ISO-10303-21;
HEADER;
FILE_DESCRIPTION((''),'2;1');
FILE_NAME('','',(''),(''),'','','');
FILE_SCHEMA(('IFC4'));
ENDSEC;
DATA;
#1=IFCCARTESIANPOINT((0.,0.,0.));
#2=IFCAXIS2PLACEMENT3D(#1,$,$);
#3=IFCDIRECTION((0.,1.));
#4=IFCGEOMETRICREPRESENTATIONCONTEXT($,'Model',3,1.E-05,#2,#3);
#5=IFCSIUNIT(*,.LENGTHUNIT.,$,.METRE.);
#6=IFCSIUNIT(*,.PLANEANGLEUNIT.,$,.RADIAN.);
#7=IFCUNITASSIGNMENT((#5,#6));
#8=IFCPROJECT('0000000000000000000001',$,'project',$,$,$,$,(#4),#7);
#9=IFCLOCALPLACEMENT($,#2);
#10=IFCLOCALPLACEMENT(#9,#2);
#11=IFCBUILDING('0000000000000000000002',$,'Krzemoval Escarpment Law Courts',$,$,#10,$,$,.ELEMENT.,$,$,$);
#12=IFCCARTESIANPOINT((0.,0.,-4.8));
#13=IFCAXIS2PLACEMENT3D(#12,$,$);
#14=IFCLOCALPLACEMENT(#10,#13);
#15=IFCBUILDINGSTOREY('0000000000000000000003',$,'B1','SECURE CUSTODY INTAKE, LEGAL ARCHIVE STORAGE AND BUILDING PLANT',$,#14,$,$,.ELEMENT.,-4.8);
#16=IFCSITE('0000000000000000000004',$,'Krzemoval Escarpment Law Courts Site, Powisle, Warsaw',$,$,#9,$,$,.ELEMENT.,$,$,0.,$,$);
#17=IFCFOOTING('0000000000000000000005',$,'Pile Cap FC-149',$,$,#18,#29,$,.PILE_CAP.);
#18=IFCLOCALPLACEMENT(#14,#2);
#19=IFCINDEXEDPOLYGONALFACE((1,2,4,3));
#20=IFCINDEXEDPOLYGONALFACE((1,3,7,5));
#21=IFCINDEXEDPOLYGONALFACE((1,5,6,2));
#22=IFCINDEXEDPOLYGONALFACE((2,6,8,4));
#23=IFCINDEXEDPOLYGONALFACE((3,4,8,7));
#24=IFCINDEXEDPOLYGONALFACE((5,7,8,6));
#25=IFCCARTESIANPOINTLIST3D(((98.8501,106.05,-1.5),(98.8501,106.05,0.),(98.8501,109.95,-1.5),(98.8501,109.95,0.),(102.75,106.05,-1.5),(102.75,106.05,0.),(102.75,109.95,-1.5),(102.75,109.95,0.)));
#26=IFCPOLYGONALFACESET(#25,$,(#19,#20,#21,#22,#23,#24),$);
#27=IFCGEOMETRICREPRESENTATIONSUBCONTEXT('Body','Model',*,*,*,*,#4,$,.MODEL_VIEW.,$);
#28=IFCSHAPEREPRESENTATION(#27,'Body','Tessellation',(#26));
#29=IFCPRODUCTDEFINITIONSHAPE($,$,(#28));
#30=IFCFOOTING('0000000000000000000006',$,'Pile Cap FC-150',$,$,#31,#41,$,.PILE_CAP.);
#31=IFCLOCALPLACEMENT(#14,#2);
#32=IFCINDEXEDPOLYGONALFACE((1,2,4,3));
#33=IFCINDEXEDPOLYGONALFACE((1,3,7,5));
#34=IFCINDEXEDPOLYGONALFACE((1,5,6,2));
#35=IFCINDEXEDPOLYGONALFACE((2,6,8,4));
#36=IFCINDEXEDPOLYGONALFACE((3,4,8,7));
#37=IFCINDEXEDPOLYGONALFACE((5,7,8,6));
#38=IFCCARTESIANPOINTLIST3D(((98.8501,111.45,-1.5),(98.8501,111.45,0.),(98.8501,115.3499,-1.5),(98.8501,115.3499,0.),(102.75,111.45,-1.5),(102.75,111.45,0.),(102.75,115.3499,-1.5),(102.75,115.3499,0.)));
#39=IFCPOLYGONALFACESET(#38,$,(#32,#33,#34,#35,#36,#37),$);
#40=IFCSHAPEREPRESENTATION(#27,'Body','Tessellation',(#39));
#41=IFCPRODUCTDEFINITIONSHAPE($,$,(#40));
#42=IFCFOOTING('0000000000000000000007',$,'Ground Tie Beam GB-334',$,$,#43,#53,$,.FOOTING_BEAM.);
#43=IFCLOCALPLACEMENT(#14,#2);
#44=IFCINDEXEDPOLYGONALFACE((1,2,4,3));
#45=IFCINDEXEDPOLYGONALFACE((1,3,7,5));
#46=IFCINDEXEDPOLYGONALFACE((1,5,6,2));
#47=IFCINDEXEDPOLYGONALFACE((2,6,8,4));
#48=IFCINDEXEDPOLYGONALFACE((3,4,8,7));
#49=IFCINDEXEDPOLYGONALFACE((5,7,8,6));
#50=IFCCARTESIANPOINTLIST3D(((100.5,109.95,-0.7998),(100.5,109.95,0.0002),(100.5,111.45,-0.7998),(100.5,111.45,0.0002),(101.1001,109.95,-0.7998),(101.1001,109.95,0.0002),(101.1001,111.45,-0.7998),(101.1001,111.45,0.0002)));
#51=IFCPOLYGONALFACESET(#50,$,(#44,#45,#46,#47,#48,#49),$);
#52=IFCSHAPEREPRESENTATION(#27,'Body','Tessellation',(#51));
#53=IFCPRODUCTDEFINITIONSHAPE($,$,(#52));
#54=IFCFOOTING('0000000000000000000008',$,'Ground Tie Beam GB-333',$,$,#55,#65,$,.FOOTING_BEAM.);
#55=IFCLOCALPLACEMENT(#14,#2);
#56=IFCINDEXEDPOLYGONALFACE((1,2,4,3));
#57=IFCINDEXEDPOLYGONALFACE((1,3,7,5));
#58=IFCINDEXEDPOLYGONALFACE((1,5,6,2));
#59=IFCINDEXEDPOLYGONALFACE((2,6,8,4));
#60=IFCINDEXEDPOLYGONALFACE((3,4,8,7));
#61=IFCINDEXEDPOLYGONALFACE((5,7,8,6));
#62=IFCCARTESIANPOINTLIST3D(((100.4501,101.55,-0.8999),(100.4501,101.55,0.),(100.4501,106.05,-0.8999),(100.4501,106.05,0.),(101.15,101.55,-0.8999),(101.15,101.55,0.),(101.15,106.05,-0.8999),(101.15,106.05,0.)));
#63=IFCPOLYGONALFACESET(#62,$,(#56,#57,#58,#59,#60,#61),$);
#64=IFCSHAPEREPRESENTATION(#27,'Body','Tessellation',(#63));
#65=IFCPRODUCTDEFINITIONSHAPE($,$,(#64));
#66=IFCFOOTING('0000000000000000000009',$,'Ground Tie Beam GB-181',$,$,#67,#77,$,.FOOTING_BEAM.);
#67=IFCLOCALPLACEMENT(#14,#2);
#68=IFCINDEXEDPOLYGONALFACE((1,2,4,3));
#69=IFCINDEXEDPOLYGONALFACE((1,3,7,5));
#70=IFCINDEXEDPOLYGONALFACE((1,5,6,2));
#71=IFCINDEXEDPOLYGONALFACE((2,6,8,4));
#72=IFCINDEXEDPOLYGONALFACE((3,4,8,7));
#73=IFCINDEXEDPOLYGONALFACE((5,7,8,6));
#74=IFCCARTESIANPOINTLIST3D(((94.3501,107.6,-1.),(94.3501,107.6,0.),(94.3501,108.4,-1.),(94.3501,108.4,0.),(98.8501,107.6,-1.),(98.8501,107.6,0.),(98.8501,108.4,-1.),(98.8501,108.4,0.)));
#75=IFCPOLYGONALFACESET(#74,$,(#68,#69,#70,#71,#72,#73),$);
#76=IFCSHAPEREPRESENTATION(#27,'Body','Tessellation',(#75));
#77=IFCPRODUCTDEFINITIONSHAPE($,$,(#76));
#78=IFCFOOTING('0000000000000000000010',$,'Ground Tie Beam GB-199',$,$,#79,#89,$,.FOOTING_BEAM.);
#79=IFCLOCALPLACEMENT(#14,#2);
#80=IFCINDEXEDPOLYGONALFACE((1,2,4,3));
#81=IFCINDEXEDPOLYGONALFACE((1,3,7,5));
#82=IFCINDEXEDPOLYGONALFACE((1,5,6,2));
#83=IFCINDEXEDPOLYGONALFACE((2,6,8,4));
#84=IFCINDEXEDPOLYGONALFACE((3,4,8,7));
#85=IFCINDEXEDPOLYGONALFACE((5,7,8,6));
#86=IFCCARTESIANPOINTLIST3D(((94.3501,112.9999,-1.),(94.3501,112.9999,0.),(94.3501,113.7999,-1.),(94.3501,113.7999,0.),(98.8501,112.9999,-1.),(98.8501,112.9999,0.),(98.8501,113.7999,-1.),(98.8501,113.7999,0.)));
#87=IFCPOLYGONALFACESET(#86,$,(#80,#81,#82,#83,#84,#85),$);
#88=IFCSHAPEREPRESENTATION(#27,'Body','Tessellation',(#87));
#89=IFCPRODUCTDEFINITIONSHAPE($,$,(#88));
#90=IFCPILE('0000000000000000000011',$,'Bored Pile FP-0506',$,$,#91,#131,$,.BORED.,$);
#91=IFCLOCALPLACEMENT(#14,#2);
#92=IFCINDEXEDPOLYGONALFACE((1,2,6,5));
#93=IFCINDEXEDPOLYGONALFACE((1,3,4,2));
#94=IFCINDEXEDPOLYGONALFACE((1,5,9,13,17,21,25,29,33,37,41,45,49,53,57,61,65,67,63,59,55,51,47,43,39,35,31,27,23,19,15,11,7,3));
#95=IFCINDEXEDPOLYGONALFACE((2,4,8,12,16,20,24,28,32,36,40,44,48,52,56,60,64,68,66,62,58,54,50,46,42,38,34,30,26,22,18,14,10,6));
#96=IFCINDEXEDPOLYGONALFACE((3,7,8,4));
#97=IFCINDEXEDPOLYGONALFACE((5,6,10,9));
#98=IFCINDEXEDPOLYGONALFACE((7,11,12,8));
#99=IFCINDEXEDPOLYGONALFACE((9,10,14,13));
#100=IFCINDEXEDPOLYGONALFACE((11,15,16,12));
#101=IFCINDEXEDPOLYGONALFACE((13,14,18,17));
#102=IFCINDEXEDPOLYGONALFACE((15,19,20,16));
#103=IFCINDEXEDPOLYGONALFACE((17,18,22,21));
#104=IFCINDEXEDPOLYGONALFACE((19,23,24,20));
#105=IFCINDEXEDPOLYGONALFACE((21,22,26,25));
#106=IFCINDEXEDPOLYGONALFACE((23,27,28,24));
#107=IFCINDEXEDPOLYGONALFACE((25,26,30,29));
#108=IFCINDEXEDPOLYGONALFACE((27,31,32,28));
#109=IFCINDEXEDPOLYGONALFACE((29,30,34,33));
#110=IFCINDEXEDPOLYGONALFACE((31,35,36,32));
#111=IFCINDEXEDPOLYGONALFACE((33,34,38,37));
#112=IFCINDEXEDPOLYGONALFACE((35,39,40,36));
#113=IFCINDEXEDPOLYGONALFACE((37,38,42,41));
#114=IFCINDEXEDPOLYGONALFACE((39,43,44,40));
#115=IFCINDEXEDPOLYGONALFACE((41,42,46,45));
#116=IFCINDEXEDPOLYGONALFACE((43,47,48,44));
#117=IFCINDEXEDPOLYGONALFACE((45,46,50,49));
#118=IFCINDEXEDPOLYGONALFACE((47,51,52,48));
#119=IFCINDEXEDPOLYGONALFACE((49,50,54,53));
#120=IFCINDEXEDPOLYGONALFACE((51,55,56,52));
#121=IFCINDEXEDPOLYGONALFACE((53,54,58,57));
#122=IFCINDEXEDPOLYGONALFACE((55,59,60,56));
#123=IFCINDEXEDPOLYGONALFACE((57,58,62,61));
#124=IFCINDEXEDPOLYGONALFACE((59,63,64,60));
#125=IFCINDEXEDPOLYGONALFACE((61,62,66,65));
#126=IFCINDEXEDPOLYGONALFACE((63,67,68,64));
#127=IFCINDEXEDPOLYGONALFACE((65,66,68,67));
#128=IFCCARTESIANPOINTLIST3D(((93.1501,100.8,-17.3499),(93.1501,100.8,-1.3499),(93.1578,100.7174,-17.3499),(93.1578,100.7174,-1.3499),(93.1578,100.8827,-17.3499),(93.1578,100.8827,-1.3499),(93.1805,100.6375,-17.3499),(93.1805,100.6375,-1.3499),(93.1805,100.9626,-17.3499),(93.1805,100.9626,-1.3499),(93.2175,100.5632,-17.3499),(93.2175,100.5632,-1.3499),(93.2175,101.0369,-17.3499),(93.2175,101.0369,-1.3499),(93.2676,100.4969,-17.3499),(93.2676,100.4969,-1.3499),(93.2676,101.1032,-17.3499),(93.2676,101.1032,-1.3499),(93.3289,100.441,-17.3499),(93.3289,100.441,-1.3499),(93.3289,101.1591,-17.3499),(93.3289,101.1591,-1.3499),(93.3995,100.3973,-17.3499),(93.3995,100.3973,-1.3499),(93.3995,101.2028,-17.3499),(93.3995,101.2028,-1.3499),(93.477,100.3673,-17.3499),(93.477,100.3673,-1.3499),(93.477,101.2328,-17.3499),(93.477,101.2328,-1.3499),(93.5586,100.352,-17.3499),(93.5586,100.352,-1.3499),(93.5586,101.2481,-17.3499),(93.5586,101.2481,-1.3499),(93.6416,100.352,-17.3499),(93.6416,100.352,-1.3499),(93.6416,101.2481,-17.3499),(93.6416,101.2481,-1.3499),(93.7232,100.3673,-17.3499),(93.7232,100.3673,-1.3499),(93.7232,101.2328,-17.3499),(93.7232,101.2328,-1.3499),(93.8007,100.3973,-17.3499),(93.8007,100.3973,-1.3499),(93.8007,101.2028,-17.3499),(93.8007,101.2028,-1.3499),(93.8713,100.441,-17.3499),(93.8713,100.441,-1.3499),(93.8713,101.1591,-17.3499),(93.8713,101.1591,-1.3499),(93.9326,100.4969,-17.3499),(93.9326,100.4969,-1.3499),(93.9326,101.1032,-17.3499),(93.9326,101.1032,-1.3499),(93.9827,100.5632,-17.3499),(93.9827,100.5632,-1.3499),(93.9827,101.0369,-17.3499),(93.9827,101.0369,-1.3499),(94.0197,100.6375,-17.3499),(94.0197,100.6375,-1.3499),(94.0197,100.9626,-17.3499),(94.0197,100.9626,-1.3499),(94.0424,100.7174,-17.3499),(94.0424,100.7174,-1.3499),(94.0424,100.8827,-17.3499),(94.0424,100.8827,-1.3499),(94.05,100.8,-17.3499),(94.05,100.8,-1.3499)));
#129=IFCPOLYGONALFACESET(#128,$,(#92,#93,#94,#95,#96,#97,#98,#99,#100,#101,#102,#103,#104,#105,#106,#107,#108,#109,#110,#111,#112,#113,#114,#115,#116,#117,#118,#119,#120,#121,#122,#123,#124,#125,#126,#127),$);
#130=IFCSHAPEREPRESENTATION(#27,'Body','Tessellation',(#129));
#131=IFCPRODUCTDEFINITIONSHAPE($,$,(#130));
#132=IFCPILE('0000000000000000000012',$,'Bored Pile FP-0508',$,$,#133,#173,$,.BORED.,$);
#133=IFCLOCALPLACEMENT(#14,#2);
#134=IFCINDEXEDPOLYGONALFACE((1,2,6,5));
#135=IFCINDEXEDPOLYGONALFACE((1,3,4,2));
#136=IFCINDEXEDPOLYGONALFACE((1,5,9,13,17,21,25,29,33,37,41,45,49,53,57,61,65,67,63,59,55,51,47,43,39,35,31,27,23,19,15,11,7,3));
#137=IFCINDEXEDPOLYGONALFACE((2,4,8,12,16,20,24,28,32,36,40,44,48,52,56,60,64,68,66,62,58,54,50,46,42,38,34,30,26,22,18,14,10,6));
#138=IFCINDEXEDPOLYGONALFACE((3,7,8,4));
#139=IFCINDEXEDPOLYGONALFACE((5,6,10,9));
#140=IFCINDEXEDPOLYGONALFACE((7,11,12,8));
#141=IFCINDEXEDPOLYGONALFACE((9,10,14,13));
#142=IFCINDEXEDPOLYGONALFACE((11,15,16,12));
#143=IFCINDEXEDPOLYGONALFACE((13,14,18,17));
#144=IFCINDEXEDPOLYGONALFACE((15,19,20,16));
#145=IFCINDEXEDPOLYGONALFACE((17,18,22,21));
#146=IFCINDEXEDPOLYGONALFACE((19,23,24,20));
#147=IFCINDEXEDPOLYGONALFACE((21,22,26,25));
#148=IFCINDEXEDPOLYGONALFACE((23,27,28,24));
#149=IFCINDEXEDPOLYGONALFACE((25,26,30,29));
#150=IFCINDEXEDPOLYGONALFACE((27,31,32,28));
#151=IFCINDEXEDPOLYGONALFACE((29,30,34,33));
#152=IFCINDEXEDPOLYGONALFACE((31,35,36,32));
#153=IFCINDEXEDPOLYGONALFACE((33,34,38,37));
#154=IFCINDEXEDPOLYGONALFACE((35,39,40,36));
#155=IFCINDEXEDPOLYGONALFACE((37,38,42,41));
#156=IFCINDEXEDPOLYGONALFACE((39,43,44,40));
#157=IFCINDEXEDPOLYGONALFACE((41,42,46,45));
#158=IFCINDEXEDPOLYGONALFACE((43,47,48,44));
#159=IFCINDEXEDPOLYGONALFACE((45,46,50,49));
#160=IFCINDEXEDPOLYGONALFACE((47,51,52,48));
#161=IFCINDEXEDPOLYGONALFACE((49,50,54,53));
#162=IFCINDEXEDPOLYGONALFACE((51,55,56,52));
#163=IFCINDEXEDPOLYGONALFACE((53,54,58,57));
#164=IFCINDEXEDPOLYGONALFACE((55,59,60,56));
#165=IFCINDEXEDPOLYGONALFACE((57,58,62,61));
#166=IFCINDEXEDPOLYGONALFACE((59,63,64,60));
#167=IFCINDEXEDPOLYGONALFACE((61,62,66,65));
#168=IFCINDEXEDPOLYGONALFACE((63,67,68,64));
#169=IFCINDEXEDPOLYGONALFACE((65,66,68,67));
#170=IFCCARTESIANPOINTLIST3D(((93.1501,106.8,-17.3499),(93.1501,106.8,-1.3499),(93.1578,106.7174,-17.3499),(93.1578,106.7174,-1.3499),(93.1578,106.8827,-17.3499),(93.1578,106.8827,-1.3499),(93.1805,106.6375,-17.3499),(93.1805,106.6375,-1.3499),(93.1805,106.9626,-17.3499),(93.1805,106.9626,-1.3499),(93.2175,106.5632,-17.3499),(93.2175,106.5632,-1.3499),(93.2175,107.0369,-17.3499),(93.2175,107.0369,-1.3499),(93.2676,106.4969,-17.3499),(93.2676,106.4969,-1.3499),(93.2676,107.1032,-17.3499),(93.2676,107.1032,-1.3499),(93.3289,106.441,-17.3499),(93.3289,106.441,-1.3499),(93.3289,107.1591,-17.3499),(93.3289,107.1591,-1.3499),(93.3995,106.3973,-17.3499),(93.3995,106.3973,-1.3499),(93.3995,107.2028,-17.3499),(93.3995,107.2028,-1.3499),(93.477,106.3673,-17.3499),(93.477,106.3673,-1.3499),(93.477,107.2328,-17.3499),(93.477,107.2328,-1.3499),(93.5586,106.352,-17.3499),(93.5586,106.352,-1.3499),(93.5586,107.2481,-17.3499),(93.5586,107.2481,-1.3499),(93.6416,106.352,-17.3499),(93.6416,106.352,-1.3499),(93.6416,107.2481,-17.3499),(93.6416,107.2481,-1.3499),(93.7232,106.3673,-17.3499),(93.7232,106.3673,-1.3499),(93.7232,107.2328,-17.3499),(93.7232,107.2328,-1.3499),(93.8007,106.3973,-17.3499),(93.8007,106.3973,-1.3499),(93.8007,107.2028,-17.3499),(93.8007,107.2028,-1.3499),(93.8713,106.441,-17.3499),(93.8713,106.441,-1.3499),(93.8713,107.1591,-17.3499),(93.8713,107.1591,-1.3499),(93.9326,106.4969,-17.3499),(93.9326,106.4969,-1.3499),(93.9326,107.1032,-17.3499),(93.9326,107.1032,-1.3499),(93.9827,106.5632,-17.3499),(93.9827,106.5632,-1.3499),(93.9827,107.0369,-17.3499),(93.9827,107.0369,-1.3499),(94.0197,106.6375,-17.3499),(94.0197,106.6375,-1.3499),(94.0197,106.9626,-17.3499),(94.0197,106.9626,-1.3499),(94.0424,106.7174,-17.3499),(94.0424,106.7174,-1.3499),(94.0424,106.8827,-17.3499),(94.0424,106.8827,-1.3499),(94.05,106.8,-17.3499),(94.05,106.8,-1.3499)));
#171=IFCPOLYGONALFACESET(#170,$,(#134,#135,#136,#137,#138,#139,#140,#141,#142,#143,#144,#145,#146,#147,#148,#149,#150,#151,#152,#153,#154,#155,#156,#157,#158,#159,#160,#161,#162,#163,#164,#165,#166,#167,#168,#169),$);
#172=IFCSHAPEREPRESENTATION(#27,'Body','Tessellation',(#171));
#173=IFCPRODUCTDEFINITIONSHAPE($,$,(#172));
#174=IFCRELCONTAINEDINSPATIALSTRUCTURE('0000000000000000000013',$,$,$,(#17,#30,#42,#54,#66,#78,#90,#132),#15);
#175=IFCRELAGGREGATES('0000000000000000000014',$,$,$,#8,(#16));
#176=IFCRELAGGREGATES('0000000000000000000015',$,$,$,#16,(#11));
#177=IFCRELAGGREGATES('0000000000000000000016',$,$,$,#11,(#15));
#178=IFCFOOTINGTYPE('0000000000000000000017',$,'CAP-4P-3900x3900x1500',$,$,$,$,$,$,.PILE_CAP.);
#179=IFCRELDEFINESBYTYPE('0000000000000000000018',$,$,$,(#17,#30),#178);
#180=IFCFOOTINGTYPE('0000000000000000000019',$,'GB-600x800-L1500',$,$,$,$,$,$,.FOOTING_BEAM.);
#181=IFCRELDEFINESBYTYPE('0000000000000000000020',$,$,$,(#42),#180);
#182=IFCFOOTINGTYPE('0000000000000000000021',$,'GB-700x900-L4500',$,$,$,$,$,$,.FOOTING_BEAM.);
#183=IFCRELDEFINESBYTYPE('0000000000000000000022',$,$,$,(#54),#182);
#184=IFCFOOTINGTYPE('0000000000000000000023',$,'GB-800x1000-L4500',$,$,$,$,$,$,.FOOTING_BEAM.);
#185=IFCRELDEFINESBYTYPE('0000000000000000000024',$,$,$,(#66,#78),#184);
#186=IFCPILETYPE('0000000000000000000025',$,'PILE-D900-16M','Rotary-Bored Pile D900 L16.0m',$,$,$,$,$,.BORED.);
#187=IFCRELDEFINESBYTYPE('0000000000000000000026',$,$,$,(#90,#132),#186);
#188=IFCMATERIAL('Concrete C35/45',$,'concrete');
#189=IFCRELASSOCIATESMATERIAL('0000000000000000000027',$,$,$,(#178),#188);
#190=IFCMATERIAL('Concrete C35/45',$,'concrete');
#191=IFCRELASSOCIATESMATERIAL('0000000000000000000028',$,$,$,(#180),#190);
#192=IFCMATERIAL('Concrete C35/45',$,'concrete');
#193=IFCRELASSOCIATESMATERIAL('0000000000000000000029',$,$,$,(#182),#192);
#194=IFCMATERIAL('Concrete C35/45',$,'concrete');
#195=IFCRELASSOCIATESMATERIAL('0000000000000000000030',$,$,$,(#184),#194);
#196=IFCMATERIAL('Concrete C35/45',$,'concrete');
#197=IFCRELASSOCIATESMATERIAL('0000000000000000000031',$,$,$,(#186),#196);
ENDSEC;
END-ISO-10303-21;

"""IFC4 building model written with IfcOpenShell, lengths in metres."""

from ifc_helpers import new_model, si_unit, direction, frame, origin, origin_2d, place, context, subcontext, project, spatial, rectangle, circle, extrude, material, material_profile, profile_set, type_object, element, save


model = new_model("IFC4")

# Units and contexts
model_context = context("Model", 3, precision=1e-05, world=origin(), true_north=direction((0.0, 1.0)))
body_context = subcontext(model_context, "Body", "Model", "MODEL_VIEW")
ifc_project = project(units=[si_unit("LENGTHUNIT", "METRE"), si_unit("PLANEANGLEUNIT", "RADIAN")], contexts=[model_context])

# Site, building, storey
site_placement = place(None, origin())
site = spatial("IfcSite", under=ifc_project, at=site_placement, Name="Krzemoval Escarpment Law Courts Site, Powisle, Warsaw", CompositionType="ELEMENT", RefElevation=0.0)
building_placement = place(site_placement, origin())
building = spatial("IfcBuilding", under=site, at=building_placement, Name="Krzemoval Escarpment Law Courts", CompositionType="ELEMENT")
storey_placement = place(building_placement, frame((0.0, 0.0, -4.8)))
storey = spatial("IfcBuildingStorey", under=building, at=storey_placement, Name="B1", Description="SECURE CUSTODY INTAKE, LEGAL ARCHIVE STORAGE AND BUILDING PLANT", CompositionType="ELEMENT", Elevation=-4.8)

# Footings
ifc_material_1 = material(Name="Concrete C35/45", Category="concrete")
footing_type_1 = type_object("IfcFootingType", Name="CAP-4P-3900x3900x1500", PredefinedType="PILE_CAP", material=ifc_material_1)
for number, where, z_axis, x_axis, name in (
    (1, (100.8, 108.0, -1.5), (0.0, 0.0, 1.0), (1.0, 0.0, 0.0), "Pile Cap FC-149"),
    (2, (100.8, 113.3999, -1.5), (0.0, 0.0, 1.0), (1.0, 0.0, 0.0), "Pile Cap FC-150"),
):
    element("IfcFooting", number, at=place(storey_placement, frame(where, z_axis=z_axis, x_axis=x_axis)), inside=storey, type_object=footing_type_1, Name=name, PredefinedType="PILE_CAP", context=body_context, shape_type="SweptSolid", body=[
        extrude(rectangle(XDim=3.8999, YDim=3.8999, at=origin_2d()), origin(), (0.0, 0.0, 1.0), 1.5),
    ])
ifc_material_2 = material(Name="Concrete C35/45", Category="concrete")
footing_type_2 = type_object("IfcFootingType", Name="GB-600x800-L1500", PredefinedType="FOOTING_BEAM", material=ifc_material_2)
footing_1_placement = place(storey_placement, frame((100.8, 110.7, -0.7998), z_axis=(0.0, 0.0, 1.0), x_axis=(0.0, 1.0, 0.0)))
element("IfcFooting", 3, at=footing_1_placement, inside=storey, type_object=footing_type_2, Name="Ground Tie Beam GB-334", PredefinedType="FOOTING_BEAM", context=body_context, shape_type="SweptSolid", body=[
    extrude(rectangle(XDim=1.5, YDim=0.6001, at=origin_2d()), origin(), (0.0, 0.0, 1.0), 0.8),
])
ifc_material_3 = material(Name="Concrete C35/45", Category="concrete")
footing_type_3 = type_object("IfcFootingType", Name="GB-700x900-L4500", PredefinedType="FOOTING_BEAM", material=ifc_material_3)
footing_2_placement = place(storey_placement, frame((100.8, 103.8, -0.8999), z_axis=(0.0, 0.0, 1.0), x_axis=(0.0, 1.0, 0.0)))
element("IfcFooting", 4, at=footing_2_placement, inside=storey, type_object=footing_type_3, Name="Ground Tie Beam GB-333", PredefinedType="FOOTING_BEAM", context=body_context, shape_type="SweptSolid", body=[
    extrude(rectangle(XDim=4.5, YDim=0.7, at=origin_2d()), origin(), (0.0, 0.0, 1.0), 0.8999),
])
ifc_material_4 = material(Name="Concrete C35/45", Category="concrete")
footing_type_4 = type_object("IfcFootingType", Name="GB-800x1000-L4500", PredefinedType="FOOTING_BEAM", material=ifc_material_4)
for number, where, z_axis, x_axis, name in (
    (5, (96.6001, 108.0, -1.0), (0.0, 0.0, 1.0), (1.0, 0.0, 0.0), "Ground Tie Beam GB-181"),
    (6, (96.6001, 113.3999, -1.0), (0.0, 0.0, 1.0), (1.0, 0.0, 0.0), "Ground Tie Beam GB-199"),
):
    element("IfcFooting", number, at=place(storey_placement, frame(where, z_axis=z_axis, x_axis=x_axis)), inside=storey, type_object=footing_type_4, Name=name, PredefinedType="FOOTING_BEAM", context=body_context, shape_type="SweptSolid", body=[
        extrude(rectangle(XDim=4.5, YDim=0.8, at=origin_2d()), origin(), (0.0, 0.0, 1.0), 1.0),
    ])

# Piles
ifc_material_5 = material(Name="Concrete C35/45", Category="concrete")
ifc_material_profile_1 = material_profile(ifc_material_5, circle(Radius=0.45, at=origin_2d()), Name="PILE D900")
ifc_profile_set_1 = profile_set([ifc_material_profile_1], Name="Concrete C35/45")
pile_type = type_object("IfcPileType", Name="PILE-D900-16M", Description="Rotary-Bored Pile D900 L16.0m", PredefinedType="BORED", material=ifc_profile_set_1)
for number, where, z_axis, x_axis, name in (
    (7, (93.6001, 100.8, -1.3499), (0.0, 0.0, -1.0), (1.0, 0.0, 0.0), "Bored Pile FP-0506"),
    (8, (93.6001, 106.8, -1.3499), (0.0, 0.0, -1.0), (1.0, 0.0, 0.0), "Bored Pile FP-0508"),
):
    element("IfcPile", number, at=place(storey_placement, frame(where, z_axis=z_axis, x_axis=x_axis)), inside=storey, type_object=pile_type, Name=name, PredefinedType="BORED", context=body_context, shape_type="SweptSolid", body=[
        extrude(circle(Radius=0.45, at=origin_2d()), origin(), (0.0, 0.0, 1.0), 16.0),
    ])

save(model, "model.ifc")
